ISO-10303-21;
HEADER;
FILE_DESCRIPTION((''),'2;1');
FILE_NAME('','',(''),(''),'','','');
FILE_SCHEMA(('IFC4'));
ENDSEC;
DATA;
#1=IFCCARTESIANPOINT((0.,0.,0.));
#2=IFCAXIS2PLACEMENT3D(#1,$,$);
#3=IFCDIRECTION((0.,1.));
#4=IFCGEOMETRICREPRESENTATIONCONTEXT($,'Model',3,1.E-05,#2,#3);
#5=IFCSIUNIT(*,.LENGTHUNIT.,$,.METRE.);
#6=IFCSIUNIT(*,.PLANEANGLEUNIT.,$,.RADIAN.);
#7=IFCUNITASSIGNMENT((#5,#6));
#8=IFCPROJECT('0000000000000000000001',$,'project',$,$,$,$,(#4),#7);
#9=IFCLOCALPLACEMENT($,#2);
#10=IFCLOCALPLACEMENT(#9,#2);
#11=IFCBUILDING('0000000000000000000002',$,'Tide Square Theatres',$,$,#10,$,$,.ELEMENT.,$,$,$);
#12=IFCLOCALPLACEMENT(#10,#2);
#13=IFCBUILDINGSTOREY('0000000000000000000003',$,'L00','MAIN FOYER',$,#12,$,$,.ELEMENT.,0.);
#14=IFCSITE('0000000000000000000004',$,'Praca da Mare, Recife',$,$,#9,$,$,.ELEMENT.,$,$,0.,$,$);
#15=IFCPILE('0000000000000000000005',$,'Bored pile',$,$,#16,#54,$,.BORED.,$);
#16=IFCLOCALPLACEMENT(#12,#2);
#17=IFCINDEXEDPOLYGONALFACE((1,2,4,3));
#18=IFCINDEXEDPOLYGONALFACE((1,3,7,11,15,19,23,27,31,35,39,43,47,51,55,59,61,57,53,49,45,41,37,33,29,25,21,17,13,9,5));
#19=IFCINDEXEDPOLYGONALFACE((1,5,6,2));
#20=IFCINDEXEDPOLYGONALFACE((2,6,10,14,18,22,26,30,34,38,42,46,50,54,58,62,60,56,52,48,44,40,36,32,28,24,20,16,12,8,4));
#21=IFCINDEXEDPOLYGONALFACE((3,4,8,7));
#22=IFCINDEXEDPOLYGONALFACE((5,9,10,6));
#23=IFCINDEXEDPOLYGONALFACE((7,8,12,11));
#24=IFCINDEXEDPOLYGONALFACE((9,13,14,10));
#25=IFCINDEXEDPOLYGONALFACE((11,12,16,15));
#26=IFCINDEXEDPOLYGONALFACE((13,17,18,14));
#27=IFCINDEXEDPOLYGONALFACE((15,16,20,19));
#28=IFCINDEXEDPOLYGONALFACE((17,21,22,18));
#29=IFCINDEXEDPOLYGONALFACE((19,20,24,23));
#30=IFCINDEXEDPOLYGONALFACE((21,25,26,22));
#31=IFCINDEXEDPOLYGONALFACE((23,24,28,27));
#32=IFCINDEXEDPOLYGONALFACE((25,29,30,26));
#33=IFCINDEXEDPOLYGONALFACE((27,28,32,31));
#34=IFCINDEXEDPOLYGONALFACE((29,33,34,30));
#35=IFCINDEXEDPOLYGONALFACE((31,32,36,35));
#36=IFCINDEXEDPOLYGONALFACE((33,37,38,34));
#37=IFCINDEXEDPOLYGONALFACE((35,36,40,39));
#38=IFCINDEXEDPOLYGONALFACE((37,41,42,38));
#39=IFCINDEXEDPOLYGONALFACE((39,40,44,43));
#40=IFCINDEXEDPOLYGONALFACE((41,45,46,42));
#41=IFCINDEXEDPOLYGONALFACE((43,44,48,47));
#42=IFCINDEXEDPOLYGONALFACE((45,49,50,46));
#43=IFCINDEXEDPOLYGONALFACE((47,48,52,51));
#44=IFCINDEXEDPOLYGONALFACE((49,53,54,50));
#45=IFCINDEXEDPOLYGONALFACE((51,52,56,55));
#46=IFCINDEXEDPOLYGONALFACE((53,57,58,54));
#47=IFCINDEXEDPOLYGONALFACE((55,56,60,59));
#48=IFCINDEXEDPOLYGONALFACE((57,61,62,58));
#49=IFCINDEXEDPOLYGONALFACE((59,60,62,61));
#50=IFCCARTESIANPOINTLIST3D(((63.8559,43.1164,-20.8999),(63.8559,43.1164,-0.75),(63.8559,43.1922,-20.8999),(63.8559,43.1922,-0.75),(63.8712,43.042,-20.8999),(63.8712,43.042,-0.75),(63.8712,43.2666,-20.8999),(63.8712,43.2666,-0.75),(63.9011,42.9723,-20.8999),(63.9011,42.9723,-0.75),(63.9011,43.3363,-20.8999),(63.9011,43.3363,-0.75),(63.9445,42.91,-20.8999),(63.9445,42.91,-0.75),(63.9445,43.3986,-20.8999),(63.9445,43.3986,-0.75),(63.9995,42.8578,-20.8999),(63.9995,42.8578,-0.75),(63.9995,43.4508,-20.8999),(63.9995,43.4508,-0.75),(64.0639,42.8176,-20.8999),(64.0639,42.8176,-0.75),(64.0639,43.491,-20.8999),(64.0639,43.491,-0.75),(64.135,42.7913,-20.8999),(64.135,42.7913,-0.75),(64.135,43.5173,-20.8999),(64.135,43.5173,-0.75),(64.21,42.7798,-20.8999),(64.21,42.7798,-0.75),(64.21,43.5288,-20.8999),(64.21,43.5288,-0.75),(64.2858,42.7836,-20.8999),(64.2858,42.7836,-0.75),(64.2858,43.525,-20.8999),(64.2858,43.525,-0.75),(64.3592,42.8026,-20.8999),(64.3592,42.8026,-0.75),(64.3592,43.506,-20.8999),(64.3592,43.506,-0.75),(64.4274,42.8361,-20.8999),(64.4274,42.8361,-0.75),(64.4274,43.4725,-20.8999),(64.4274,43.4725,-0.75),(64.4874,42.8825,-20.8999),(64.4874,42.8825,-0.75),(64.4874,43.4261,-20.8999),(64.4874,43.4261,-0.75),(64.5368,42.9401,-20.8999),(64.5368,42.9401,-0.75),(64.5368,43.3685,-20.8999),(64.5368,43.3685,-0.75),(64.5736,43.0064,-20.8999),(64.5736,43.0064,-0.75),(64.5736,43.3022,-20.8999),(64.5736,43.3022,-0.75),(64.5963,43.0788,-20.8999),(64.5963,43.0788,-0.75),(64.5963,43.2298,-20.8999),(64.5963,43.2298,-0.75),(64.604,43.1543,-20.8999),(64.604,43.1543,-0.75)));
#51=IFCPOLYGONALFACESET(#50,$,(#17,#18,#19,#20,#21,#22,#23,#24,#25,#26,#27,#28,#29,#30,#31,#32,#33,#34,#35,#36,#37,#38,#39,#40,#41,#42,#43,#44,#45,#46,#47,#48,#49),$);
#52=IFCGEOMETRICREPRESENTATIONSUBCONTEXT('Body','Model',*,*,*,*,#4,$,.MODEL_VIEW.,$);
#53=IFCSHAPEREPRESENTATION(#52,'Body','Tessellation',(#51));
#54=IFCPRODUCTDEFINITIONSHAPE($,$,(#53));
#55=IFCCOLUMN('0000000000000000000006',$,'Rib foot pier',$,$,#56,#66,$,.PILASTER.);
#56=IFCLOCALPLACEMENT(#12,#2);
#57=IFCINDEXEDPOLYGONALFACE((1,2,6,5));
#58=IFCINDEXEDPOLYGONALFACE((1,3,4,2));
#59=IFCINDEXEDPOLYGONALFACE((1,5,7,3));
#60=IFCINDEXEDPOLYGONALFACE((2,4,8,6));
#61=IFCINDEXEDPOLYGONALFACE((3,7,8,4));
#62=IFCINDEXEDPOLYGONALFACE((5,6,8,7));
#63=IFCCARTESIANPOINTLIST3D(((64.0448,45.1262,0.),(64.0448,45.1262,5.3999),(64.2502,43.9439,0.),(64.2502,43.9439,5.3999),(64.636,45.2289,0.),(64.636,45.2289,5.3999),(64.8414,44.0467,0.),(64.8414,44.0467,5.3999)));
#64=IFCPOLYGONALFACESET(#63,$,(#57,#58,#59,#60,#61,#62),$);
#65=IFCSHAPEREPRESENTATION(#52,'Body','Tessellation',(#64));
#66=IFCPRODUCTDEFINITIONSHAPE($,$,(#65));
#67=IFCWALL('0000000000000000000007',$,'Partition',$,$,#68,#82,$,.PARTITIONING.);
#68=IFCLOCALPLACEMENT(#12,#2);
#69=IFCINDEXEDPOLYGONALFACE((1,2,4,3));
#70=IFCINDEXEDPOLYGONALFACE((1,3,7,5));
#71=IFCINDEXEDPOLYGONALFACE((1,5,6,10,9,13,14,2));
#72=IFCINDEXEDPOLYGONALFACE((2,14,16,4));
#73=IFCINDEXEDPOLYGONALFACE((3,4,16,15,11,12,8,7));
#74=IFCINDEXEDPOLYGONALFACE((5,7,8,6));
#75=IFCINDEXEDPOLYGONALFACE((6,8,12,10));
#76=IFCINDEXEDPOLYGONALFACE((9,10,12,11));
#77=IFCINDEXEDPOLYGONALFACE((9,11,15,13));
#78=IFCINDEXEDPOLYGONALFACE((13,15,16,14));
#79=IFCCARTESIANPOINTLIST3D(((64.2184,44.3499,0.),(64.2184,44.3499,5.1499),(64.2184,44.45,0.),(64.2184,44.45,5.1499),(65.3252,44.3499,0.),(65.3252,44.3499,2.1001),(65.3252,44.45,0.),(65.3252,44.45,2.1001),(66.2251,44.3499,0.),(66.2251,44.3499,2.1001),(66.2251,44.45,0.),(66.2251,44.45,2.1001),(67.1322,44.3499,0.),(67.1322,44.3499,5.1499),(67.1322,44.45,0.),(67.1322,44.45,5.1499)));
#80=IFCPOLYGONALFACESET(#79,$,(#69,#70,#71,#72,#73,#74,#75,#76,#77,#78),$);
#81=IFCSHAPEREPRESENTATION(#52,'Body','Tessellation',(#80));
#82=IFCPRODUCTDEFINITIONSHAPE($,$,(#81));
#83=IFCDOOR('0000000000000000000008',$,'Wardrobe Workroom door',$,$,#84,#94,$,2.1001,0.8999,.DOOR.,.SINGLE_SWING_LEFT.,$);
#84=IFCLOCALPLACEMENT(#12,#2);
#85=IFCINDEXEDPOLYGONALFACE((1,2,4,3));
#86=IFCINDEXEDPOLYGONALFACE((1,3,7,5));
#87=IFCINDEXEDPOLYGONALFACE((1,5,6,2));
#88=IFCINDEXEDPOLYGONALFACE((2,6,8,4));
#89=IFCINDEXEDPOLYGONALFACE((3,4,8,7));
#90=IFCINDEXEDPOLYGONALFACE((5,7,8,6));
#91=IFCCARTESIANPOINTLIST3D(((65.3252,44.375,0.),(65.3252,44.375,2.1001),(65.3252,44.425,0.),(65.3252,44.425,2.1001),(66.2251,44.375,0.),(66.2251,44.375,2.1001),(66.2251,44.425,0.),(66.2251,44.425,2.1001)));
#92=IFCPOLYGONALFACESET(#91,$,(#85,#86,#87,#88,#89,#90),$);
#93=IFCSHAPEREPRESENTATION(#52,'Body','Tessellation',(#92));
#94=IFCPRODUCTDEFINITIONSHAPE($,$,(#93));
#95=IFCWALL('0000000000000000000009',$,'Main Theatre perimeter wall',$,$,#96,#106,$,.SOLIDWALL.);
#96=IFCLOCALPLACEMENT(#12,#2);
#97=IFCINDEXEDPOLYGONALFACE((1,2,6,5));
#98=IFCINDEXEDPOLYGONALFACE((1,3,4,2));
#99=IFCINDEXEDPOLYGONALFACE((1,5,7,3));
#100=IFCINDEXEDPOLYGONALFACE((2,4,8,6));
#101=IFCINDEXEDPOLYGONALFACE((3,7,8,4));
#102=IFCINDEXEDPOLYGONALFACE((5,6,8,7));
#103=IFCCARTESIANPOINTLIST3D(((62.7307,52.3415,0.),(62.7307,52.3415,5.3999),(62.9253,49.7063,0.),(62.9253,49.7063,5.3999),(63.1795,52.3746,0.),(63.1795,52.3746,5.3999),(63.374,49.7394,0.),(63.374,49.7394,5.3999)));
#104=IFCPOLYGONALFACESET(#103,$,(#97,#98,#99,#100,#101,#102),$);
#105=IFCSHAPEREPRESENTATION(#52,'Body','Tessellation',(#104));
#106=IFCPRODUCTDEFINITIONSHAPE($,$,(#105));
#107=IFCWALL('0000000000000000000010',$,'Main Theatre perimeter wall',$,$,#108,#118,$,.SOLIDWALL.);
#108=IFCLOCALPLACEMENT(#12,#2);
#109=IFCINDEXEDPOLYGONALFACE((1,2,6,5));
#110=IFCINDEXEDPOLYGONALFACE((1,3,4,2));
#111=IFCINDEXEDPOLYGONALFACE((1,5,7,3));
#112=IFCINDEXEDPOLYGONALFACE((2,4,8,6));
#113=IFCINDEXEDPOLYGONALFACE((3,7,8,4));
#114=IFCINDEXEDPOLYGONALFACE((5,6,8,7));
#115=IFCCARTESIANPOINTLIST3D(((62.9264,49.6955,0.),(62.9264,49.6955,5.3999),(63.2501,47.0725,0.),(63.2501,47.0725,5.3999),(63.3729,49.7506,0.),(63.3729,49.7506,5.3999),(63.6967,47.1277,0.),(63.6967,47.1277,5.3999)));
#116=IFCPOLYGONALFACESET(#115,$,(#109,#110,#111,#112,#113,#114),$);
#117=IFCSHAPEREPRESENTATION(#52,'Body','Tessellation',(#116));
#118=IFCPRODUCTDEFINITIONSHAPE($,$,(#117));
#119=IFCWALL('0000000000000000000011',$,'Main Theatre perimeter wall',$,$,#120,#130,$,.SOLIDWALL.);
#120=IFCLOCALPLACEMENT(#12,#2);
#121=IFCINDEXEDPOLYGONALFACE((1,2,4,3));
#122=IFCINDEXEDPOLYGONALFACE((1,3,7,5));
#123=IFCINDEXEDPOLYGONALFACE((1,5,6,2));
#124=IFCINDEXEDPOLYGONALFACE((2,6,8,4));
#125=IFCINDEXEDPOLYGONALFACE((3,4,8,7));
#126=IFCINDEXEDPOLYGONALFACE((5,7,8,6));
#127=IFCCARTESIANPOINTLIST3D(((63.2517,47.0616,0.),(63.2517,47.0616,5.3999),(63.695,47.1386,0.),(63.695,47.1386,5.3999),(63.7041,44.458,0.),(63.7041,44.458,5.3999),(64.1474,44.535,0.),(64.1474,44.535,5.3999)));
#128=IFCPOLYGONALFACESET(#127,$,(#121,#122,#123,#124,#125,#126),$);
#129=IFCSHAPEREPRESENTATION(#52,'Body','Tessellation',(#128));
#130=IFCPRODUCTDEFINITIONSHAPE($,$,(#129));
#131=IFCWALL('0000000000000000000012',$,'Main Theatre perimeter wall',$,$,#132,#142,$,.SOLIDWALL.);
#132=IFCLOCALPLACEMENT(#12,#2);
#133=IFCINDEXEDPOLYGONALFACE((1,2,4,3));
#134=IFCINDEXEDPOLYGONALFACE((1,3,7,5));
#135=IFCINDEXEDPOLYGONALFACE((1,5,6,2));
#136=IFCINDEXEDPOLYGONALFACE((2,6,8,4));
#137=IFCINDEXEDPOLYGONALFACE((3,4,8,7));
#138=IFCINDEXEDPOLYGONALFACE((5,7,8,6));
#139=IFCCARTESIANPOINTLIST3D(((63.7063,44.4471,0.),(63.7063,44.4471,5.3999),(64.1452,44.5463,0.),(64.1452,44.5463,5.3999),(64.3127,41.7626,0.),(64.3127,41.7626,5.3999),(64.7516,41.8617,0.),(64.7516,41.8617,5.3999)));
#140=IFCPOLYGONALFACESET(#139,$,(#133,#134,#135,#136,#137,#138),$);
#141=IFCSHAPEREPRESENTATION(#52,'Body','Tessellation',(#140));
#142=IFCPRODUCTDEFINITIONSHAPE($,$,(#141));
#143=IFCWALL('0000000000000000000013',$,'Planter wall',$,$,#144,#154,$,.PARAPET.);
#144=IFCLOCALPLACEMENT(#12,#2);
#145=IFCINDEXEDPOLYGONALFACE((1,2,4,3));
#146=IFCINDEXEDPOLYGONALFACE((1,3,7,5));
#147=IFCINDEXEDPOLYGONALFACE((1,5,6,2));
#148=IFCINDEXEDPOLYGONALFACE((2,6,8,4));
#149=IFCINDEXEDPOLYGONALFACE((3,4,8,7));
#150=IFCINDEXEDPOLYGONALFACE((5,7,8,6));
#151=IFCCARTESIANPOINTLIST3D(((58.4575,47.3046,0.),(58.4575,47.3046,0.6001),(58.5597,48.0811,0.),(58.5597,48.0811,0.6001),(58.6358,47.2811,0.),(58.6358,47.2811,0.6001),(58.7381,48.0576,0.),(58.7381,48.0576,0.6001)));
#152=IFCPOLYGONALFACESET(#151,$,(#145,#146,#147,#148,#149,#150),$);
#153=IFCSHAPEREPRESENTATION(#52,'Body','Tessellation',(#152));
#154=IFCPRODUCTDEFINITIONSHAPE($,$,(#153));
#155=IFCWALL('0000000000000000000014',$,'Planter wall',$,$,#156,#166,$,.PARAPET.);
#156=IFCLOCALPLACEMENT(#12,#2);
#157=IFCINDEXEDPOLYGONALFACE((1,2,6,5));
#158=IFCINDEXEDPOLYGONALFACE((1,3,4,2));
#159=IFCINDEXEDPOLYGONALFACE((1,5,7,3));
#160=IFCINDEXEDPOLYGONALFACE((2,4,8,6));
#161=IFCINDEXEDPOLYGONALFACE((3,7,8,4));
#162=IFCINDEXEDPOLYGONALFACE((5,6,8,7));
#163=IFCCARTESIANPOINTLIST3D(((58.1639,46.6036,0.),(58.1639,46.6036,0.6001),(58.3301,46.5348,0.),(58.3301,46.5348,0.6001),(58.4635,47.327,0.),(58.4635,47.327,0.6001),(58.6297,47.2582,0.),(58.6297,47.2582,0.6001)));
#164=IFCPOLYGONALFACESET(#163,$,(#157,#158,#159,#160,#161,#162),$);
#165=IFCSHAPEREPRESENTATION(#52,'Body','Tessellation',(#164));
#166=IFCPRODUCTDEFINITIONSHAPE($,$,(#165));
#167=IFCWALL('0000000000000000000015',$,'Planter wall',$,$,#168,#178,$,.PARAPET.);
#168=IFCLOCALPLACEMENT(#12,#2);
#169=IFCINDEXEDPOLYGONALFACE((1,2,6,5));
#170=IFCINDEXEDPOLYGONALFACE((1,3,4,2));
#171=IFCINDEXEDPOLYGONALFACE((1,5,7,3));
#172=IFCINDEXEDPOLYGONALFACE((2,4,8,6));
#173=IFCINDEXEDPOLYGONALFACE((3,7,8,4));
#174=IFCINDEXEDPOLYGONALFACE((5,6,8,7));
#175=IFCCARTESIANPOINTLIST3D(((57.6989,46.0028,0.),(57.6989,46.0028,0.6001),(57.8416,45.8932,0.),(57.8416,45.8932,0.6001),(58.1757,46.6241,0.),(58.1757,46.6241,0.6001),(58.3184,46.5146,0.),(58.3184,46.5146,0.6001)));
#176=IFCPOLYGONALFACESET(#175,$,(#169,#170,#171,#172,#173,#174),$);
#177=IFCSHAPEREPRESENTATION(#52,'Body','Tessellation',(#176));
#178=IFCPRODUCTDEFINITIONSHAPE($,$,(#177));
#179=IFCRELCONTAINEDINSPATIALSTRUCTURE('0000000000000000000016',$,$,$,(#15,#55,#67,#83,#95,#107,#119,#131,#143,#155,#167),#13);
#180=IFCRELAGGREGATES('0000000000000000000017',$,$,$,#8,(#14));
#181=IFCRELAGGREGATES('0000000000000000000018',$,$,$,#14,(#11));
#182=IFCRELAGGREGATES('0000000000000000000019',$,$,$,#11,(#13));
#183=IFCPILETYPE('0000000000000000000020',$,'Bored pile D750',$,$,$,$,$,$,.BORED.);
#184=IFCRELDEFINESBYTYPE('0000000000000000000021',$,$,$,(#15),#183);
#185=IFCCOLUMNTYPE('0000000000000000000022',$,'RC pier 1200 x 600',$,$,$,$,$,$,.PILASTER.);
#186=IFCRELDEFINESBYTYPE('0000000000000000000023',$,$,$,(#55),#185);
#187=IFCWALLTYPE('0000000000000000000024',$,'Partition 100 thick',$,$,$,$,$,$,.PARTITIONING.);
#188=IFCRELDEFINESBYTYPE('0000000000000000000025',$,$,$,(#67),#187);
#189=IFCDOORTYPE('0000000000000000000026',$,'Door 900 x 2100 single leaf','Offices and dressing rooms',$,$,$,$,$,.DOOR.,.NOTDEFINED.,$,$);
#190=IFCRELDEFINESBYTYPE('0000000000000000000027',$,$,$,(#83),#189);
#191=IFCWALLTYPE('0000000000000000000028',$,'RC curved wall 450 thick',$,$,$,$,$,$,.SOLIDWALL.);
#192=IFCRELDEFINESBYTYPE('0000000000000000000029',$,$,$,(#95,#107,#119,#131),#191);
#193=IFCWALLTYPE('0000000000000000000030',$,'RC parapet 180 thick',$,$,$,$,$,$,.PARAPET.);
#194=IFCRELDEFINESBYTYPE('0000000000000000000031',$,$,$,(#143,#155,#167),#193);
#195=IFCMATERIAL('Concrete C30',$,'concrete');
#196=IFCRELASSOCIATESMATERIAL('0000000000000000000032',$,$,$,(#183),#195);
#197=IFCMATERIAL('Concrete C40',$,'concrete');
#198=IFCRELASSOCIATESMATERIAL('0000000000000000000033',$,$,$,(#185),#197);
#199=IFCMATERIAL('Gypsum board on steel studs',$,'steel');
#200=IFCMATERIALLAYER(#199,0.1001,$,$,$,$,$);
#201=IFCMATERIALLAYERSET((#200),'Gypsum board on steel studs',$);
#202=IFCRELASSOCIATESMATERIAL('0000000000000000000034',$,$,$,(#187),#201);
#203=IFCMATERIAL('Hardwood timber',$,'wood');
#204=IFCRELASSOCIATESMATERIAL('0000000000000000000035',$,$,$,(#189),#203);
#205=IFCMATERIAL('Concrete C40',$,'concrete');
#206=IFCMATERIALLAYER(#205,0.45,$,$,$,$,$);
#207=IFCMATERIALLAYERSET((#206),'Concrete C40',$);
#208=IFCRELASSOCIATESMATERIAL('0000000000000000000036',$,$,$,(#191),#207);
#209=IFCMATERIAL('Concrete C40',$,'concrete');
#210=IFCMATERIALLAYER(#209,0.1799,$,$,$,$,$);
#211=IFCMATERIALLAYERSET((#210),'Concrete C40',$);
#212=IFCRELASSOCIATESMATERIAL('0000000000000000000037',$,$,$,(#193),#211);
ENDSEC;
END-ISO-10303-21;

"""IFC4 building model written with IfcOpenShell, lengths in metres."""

from ifc_helpers import new_model, si_unit, direction, frame, frame_2d, origin, origin_2d, place, context, subcontext, project, spatial, rectangle, circle, extrude, material, layer, layer_set, material_profile, profile_set, type_object, element, fill, save


model = new_model("IFC4")

# Units and contexts
model_context = context("Model", 3, precision=1e-05, world=origin(), true_north=direction((0.0, 1.0)))
body_context = subcontext(model_context, "Body", "Model", "MODEL_VIEW")
ifc_project = project(units=[si_unit("LENGTHUNIT", "METRE"), si_unit("PLANEANGLEUNIT", "RADIAN")], contexts=[model_context])

# Site, building, storey
site_placement = place(None, origin())
site = spatial("IfcSite", under=ifc_project, at=site_placement, Name="Praca da Mare, Recife", CompositionType="ELEMENT", RefElevation=0.0)
building_placement = place(site_placement, origin())
building = spatial("IfcBuilding", under=site, at=building_placement, Name="Tide Square Theatres", CompositionType="ELEMENT")
storey_placement = place(building_placement, origin())
storey = spatial("IfcBuildingStorey", under=building, at=storey_placement, Name="L00", Description="MAIN FOYER", CompositionType="ELEMENT", Elevation=0.0)

# Pile
ifc_material_1 = material(Name="Concrete C30", Category="concrete")
ifc_material_profile_1 = material_profile(ifc_material_1, circle(Radius=0.375, at=origin_2d()))
ifc_profile_set_1 = profile_set([ifc_material_profile_1], Name="Concrete C30")
pile_type_1 = type_object("IfcPileType", Name="Bored pile D750", PredefinedType="BORED", material=ifc_profile_set_1)
for number, where, z_axis, x_axis, name in (
    (1, (64.229, 43.1543, -0.75), (0.0, 0.0, -1.0), (1.0, 0.0, 0.0), "Bored pile"),
):
    element("IfcPile", number, at=place(storey_placement, frame(where, z_axis=z_axis, x_axis=x_axis)), inside=storey, type_object=pile_type_1, Name=name, PredefinedType="BORED", context=body_context, shape_type="SweptSolid", body=[
        extrude(circle(Radius=0.375, at=origin_2d()), origin(), (0.0, 0.0, 1.0), 20.1499),
    ])

# Column
ifc_material_2 = material(Name="Concrete C40", Category="concrete")
ifc_material_profile_2 = material_profile(ifc_material_2, rectangle(XDim=1.2, YDim=0.6001, at=origin_2d()))
ifc_profile_set_2 = profile_set([ifc_material_profile_2], Name="Concrete C40")
column_type = type_object("IfcColumnType", Name="RC pier 1200 x 600", PredefinedType="PILASTER", material=ifc_profile_set_2)
column_placement = place(storey_placement, frame((64.4431, 44.5864, 0.0), z_axis=(0.0, 0.0, 1.0), x_axis=(0.171173, -0.985241, 0.0)))
element("IfcColumn", 2, at=column_placement, inside=storey, type_object=column_type, Name="Rib foot pier", PredefinedType="PILASTER", context=body_context, shape_type="SweptSolid", body=[
    extrude(rectangle(XDim=1.2, YDim=0.6001, at=origin_2d()), origin(), (0.0, 0.0, 1.0), 5.3999),
])

# Wall, opening, door
ifc_material_3 = material(Name="Gypsum board on steel studs", Category="steel")
ifc_layer_1 = layer(ifc_material_3, 0.1001)
ifc_layer_set_1 = layer_set([ifc_layer_1], Name="Gypsum board on steel studs")
wall_type_1 = type_object("IfcWallType", Name="Partition 100 thick", PredefinedType="PARTITIONING", material=ifc_layer_set_1)
wall_1_placement = place(storey_placement, frame((64.2183, 44.3999, 0.0), z_axis=(0.0, 0.0, 1.0), x_axis=(1.0, 0.0, 0.0)))
wall_1 = element("IfcWall", 3, at=wall_1_placement, inside=storey, type_object=wall_type_1, Name="Partition", PredefinedType="PARTITIONING", context=body_context, shape_type="SweptSolid", body=[
    extrude(rectangle(XDim=2.9138, YDim=0.1001, at=frame_2d((1.457, 0.0))), origin(), (0.0, 0.0, 1.0), 5.1499),
])
opening_1_placement = place(wall_1_placement, frame((1.1069, 0.0, 0.0)))
opening_1 = element("IfcOpeningElement", 4, at=opening_1_placement, cuts=wall_1, PredefinedType="OPENING", context=body_context, shape_type="SweptSolid", body=[
    extrude(rectangle(XDim=0.8999, YDim=2.1001, at=frame_2d((0.45, 1.05))), frame((0.0, 0.0601, 0.0), z_axis=(0.0, -1.0, 0.0), x_axis=(1.0, 0.0, 0.0)), (0.0, 0.0, 1.0), 0.1201),
])
ifc_material_4 = material(Name="Hardwood timber", Category="wood")
door_type_1 = type_object("IfcDoorType", Name="Door 900 x 2100 single leaf", Description="Offices and dressing rooms", OperationType="NOTDEFINED", PredefinedType="DOOR", material=ifc_material_4)
door_1_placement = place(opening_1_placement, frame((0.8999, 0.0, 0.0), z_axis=(0.0, 0.0, 1.0), x_axis=(-1.0, 0.0, 0.0)))
door_1 = element("IfcDoor", 5, at=door_1_placement, inside=storey, type_object=door_type_1, Name="Wardrobe Workroom door", OperationType="SINGLE_SWING_LEFT", OverallHeight=2.1001, OverallWidth=0.8999, PredefinedType="DOOR", context=body_context, shape_type="SweptSolid", body=[
    extrude(rectangle(XDim=0.8999, YDim=2.1001, at=frame_2d((0.45, 1.05))), frame((0.0, 0.0249, 0.0), z_axis=(0.0, -1.0, 0.0), x_axis=(1.0, 0.0, 0.0)), (0.0, 0.0, 1.0), 0.05),
])
fill(opening_1, door_1)

# Walls
ifc_material_5 = material(Name="Concrete C40", Category="concrete")
ifc_layer_2 = layer(ifc_material_5, 0.45)
ifc_layer_set_2 = layer_set([ifc_layer_2], Name="Concrete C40")
wall_type_2 = type_object("IfcWallType", Name="RC curved wall 450 thick", PredefinedType="SOLIDWALL", material=ifc_layer_set_2)
wall_2_placement = place(storey_placement, frame((62.9551, 52.3582, 0.0), z_axis=(0.0, 0.0, 1.0), x_axis=(0.073637, -0.997285, 0.0)))
element("IfcWall", 6, at=wall_2_placement, inside=storey, type_object=wall_type_2, Name="Main Theatre perimeter wall", PredefinedType="SOLIDWALL", context=body_context, shape_type="SweptSolid", body=[
    extrude(rectangle(XDim=2.6423, YDim=0.45, at=frame_2d((1.3213, 0.0))), origin(), (0.0, 0.0, 1.0), 5.3999),
])
wall_3_placement = place(storey_placement, frame((63.1497, 49.7229, 0.0), z_axis=(0.0, 0.0, 1.0), x_axis=(0.1225, -0.992469, 0.0)))
element("IfcWall", 7, at=wall_3_placement, inside=storey, type_object=wall_type_2, Name="Main Theatre perimeter wall", PredefinedType="SOLIDWALL", context=body_context, shape_type="SweptSolid", body=[
    extrude(rectangle(XDim=2.6428, YDim=0.45, at=frame_2d((1.3213, 0.0))), origin(), (0.0, 0.0, 1.0), 5.3999),
])
wall_4_placement = place(storey_placement, frame((63.4734, 47.1001, 0.0), z_axis=(0.0, 0.0, 1.0), x_axis=(0.171197, -0.985237, 0.0)))
element("IfcWall", 8, at=wall_4_placement, inside=storey, type_object=wall_type_2, Name="Main Theatre perimeter wall", PredefinedType="SOLIDWALL", context=body_context, shape_type="SweptSolid", body=[
    extrude(rectangle(XDim=2.6426, YDim=0.45, at=frame_2d((1.3213, 0.0))), origin(), (0.0, 0.0, 1.0), 5.3999),
])
wall_5_placement = place(storey_placement, frame((63.9258, 44.4966, 0.0), z_axis=(0.0, 0.0, 1.0), x_axis=(0.220348, -0.975421, 0.0)))
element("IfcWall", 9, at=wall_5_placement, inside=storey, type_object=wall_type_2, Name="Main Theatre perimeter wall", PredefinedType="SOLIDWALL", context=body_context, shape_type="SweptSolid", body=[
    extrude(rectangle(XDim=2.7522, YDim=0.45, at=frame_2d((1.376, 0.0))), origin(), (0.0, 0.0, 1.0), 5.3999),
])

# Walls
ifc_material_6 = material(Name="Concrete C40", Category="concrete")
ifc_layer_3 = layer(ifc_material_6, 0.1799)
ifc_layer_set_3 = layer_set([ifc_layer_3], Name="Concrete C40")
wall_type_3 = type_object("IfcWallType", Name="RC parapet 180 thick", PredefinedType="PARAPET", material=ifc_layer_set_3)
wall_6_placement = place(storey_placement, frame((58.6489, 48.0693, 0.0), z_axis=(0.0, 0.0, 1.0), x_axis=(-0.130592, -0.991436, 0.0)))
element("IfcWall", 10, at=wall_6_placement, inside=storey, type_object=wall_type_3, Name="Planter wall", PredefinedType="PARAPET", context=body_context, shape_type="SweptSolid", body=[
    extrude(rectangle(XDim=0.7832, YDim=0.1799, at=frame_2d((0.3916, 0.0))), origin(), (0.0, 0.0, 1.0), 0.6001),
])
wall_7_placement = place(storey_placement, frame((58.5466, 47.2927, 0.0), z_axis=(0.0, 0.0, 1.0), x_axis=(-0.3826, -0.923914, 0.0)))
element("IfcWall", 11, at=wall_7_placement, inside=storey, type_object=wall_type_3, Name="Planter wall", PredefinedType="PARAPET", context=body_context, shape_type="SweptSolid", body=[
    extrude(rectangle(XDim=0.783, YDim=0.1799, at=frame_2d((0.3916, 0.0))), origin(), (0.0, 0.0, 1.0), 0.6001),
])
for number, where, z_axis, x_axis, name in (
    (12, (58.2471, 46.5693, 0.0), (0.0, 0.0, 1.0), (-0.608791, -0.79333, 0.0), "Planter wall"),
):
    element("IfcWall", number, at=place(storey_placement, frame(where, z_axis=z_axis, x_axis=x_axis)), inside=storey, type_object=wall_type_3, Name=name, PredefinedType="PARAPET", context=body_context, shape_type="SweptSolid", body=[
        extrude(rectangle(XDim=0.7832, YDim=0.1799, at=frame_2d((0.3916, 0.0))), origin(), (0.0, 0.0, 1.0), 0.6001),
    ])

save(model, "model.ifc")
